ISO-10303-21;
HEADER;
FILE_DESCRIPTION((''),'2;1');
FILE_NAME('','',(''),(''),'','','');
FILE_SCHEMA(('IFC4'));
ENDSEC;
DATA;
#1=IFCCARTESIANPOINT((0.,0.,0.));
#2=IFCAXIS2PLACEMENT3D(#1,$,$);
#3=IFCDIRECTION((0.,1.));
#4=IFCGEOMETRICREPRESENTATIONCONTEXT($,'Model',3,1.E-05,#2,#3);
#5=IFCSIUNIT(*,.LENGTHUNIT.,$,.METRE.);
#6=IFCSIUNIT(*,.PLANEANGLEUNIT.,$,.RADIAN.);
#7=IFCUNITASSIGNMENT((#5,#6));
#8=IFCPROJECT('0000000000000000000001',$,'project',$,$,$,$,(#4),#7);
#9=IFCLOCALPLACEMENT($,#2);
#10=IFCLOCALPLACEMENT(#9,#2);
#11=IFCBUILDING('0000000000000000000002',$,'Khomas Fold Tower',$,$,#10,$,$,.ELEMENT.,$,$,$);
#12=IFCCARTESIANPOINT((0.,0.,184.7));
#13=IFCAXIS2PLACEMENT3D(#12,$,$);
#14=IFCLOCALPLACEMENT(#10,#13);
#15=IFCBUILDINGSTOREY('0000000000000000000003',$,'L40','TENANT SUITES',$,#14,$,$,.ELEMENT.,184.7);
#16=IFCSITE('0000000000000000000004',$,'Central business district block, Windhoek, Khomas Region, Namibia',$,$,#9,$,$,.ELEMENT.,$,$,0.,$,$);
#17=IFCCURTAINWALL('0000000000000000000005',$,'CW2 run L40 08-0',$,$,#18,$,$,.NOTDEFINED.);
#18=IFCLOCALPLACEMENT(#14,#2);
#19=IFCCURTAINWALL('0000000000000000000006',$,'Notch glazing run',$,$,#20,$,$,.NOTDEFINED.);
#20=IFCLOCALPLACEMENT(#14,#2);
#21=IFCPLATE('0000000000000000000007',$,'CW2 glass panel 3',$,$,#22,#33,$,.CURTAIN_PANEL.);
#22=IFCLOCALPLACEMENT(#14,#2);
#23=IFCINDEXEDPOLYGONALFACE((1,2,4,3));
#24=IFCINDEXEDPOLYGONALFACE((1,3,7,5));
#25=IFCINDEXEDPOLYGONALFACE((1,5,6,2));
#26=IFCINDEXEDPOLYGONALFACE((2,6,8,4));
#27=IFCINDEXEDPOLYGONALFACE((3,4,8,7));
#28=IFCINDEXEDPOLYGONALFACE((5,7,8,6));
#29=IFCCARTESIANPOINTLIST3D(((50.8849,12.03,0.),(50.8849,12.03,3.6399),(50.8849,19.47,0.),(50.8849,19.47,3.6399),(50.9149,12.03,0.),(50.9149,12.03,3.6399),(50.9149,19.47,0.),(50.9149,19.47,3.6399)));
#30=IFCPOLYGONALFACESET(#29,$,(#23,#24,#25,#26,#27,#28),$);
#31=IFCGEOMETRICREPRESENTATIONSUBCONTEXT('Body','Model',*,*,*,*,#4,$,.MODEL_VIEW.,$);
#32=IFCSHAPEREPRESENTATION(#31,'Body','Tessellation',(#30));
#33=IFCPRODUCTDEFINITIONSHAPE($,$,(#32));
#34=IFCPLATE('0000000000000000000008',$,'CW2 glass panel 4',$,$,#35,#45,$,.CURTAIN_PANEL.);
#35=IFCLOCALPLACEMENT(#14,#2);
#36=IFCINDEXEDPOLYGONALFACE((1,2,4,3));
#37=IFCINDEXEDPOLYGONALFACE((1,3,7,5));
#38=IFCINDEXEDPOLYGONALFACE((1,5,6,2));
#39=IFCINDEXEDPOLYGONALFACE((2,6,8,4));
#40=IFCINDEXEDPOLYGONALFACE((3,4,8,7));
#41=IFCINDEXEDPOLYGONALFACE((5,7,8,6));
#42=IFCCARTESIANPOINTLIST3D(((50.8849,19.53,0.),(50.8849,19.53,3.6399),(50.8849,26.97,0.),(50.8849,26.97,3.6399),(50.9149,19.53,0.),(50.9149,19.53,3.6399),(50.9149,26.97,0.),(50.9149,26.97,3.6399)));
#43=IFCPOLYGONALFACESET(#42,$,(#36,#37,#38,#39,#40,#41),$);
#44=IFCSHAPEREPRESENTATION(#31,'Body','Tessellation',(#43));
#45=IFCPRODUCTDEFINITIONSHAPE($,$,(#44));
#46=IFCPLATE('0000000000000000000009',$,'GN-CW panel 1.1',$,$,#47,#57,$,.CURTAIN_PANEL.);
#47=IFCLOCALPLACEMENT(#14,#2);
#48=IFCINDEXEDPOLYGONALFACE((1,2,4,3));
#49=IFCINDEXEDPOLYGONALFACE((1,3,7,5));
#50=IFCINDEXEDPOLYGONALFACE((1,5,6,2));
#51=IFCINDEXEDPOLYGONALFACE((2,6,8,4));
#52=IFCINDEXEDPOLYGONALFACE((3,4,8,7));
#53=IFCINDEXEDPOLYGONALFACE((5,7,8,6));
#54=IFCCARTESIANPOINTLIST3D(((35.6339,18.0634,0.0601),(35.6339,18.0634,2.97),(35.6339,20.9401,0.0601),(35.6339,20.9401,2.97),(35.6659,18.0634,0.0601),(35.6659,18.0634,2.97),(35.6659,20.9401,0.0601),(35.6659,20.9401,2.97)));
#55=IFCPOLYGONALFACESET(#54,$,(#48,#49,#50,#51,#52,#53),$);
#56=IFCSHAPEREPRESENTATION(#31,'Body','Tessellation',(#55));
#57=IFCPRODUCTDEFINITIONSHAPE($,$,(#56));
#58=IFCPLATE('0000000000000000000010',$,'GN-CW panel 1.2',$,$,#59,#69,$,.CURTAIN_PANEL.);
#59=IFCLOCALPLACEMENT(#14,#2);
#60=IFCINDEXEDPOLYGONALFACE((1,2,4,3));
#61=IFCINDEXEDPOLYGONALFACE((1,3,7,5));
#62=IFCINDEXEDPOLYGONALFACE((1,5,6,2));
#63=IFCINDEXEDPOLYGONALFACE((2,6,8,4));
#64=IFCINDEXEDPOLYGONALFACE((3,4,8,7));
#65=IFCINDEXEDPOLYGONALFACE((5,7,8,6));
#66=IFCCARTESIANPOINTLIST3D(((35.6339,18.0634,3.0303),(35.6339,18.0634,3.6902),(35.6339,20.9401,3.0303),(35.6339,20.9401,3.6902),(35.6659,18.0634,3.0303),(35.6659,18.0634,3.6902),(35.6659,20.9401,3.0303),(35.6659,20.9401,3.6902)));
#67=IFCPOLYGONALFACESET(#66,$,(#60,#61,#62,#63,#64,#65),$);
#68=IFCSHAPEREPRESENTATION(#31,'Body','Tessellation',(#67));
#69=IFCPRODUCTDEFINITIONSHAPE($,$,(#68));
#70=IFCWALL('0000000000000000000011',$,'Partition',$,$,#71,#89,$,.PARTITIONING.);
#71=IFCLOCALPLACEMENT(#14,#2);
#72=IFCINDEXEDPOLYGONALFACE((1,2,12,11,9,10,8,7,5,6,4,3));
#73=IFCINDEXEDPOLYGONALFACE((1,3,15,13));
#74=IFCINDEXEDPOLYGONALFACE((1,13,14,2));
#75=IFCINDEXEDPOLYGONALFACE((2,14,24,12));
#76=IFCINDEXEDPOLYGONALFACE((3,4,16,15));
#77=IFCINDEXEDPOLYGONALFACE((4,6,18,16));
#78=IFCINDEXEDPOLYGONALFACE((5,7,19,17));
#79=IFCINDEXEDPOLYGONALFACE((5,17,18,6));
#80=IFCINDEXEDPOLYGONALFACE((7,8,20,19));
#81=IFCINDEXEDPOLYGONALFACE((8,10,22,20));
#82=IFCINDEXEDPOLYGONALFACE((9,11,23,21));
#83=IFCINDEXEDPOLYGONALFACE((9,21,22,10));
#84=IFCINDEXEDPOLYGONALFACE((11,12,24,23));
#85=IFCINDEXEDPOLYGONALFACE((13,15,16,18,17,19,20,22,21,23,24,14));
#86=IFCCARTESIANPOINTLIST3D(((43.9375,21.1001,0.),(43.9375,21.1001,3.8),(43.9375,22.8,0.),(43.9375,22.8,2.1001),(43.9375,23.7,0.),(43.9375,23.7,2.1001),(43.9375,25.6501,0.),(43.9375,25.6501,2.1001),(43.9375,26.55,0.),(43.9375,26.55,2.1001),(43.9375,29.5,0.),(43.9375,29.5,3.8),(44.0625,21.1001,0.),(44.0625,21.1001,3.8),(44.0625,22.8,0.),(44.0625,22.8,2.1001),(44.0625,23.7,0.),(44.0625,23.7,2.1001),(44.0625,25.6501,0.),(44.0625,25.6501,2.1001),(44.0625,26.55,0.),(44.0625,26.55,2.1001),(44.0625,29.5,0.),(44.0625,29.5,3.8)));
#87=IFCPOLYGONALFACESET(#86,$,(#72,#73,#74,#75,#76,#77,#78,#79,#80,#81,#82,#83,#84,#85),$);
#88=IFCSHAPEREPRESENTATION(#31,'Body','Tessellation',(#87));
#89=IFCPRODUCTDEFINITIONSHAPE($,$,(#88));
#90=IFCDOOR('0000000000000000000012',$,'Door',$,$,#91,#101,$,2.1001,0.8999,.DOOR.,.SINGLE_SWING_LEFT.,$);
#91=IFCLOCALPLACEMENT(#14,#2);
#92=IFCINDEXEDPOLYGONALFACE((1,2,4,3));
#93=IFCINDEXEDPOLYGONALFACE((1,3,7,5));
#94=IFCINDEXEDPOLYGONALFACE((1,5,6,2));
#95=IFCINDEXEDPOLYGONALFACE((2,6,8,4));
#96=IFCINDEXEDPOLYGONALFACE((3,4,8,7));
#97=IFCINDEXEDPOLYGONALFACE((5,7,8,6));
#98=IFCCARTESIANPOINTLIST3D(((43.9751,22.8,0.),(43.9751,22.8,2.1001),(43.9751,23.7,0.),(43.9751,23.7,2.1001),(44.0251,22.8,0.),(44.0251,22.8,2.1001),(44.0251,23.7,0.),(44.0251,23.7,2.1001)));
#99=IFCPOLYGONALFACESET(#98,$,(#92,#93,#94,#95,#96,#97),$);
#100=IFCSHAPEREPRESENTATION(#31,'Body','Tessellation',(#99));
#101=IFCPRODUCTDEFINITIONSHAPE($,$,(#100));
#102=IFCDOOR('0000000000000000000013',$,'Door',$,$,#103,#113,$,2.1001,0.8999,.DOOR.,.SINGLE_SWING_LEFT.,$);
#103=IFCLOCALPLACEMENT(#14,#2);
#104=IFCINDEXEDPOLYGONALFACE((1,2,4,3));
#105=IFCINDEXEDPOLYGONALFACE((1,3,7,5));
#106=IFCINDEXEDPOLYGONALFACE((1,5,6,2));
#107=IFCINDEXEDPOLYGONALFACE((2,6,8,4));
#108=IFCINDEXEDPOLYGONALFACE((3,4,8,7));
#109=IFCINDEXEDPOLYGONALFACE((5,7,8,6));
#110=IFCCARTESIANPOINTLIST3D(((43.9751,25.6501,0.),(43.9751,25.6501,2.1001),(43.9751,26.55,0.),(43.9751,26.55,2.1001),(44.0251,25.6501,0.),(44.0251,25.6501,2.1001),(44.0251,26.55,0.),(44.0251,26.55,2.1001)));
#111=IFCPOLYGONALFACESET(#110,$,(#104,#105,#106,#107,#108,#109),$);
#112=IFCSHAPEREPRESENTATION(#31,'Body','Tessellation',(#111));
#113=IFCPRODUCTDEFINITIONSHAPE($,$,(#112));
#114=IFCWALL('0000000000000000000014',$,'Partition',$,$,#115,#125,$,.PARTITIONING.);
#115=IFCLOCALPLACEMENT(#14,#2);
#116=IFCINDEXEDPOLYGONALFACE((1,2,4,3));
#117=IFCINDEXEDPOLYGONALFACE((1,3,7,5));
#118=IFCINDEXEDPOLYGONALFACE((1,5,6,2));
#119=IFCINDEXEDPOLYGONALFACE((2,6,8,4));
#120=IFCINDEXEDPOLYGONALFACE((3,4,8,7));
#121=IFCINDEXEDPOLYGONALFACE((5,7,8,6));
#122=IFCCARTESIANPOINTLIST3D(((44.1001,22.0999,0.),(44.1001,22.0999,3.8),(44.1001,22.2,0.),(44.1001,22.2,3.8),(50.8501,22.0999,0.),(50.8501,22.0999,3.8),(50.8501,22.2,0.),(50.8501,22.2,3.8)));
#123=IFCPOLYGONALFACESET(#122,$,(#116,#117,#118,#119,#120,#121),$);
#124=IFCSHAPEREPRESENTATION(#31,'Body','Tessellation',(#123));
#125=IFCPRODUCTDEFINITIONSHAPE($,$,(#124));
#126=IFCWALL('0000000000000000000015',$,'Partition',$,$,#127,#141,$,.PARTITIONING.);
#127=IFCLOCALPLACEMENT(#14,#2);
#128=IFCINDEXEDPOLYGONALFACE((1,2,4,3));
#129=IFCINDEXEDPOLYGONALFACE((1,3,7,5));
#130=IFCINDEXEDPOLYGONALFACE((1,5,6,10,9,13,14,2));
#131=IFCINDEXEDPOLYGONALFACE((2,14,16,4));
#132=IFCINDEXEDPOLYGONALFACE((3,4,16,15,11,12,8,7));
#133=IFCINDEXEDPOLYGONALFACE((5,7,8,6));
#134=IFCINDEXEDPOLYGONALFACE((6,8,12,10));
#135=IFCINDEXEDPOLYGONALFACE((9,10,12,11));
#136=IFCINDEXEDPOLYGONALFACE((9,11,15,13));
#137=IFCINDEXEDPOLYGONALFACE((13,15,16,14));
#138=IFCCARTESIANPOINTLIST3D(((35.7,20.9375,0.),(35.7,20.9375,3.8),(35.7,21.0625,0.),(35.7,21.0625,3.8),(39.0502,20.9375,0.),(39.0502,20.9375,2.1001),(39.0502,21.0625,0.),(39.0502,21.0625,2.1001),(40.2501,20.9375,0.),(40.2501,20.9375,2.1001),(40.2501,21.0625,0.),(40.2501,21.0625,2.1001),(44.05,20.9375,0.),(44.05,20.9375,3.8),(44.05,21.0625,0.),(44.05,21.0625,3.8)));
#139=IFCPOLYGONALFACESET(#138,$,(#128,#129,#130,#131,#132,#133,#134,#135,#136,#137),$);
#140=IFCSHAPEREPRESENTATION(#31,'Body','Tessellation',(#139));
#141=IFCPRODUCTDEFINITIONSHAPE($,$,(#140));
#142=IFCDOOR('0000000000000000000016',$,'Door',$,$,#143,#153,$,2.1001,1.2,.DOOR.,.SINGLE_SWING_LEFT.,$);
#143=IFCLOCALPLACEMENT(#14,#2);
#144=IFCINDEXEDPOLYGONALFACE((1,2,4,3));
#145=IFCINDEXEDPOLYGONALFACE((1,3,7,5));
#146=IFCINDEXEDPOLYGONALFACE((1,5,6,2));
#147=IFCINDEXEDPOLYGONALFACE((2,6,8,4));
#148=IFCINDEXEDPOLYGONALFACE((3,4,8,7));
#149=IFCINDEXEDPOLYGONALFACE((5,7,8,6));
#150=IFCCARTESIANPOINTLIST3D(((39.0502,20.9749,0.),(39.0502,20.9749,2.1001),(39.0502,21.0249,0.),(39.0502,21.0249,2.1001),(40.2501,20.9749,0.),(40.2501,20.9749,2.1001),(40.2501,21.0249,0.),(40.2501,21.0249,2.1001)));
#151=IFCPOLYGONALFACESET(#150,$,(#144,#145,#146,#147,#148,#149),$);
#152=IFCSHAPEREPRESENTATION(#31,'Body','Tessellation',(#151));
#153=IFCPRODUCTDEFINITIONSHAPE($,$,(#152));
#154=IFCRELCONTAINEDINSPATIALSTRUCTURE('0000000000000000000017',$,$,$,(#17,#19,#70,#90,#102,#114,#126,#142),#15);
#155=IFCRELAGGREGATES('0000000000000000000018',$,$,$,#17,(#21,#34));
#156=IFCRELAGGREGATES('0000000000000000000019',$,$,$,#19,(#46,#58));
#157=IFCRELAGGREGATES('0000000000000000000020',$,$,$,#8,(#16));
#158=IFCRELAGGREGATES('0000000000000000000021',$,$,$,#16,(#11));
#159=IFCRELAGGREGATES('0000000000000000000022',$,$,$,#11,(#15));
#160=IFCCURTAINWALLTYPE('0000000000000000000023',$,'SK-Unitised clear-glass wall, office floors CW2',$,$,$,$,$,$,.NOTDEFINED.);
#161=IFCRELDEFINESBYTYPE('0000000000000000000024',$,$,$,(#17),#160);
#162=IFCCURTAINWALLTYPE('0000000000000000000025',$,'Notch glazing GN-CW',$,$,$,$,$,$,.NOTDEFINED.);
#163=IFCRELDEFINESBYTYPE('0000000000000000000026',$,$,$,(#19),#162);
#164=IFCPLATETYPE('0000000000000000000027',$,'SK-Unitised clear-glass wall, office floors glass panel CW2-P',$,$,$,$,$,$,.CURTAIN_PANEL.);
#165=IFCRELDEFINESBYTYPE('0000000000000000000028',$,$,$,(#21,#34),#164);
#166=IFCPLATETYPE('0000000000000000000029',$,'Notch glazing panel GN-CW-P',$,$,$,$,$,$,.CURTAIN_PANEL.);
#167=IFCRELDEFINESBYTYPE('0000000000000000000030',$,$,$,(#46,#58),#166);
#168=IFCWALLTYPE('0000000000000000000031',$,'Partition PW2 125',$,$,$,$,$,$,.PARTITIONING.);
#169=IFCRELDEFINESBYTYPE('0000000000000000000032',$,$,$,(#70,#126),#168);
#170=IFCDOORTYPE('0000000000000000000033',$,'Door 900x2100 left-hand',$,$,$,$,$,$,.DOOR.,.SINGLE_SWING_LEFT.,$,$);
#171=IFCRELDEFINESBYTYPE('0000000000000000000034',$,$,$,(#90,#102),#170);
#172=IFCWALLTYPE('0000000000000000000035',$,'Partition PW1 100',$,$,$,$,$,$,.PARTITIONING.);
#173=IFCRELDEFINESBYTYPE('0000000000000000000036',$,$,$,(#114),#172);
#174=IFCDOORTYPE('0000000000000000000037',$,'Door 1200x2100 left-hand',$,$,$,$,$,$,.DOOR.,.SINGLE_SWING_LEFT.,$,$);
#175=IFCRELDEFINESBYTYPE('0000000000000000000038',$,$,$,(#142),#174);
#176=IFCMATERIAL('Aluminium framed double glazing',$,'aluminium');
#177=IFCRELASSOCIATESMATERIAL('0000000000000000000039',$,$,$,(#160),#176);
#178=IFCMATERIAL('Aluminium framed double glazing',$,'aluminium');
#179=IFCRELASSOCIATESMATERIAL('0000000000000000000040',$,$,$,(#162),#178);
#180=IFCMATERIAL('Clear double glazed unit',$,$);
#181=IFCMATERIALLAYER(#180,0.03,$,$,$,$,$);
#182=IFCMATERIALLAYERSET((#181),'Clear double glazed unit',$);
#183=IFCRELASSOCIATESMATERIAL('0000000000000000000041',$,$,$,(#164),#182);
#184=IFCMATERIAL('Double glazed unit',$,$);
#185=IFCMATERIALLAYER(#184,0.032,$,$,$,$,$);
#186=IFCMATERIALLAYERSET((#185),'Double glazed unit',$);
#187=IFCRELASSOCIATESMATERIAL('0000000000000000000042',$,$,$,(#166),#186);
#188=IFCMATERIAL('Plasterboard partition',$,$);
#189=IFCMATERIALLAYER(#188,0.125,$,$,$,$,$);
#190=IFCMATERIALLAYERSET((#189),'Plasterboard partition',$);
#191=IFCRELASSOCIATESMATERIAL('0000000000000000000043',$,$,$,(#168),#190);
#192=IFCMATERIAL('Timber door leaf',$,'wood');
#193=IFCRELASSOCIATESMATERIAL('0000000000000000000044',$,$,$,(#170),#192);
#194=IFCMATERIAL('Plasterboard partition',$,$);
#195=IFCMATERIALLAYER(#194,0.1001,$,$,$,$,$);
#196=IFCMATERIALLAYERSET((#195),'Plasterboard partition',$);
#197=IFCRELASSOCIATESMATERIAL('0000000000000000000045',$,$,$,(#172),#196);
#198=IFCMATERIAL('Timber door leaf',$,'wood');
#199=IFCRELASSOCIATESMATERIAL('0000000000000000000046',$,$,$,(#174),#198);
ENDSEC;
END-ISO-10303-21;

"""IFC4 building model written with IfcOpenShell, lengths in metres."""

from ifc_helpers import new_model, si_unit, direction, frame, frame_2d, origin, origin_2d, place, context, subcontext, project, spatial, rectangle, extrude, source, transform, mapped, material, layer, layer_set, type_object, element, fill, aggregate, save


model = new_model("IFC4")

# Units and contexts
model_context = context("Model", 3, precision=1e-05, world=origin(), true_north=direction((0.0, 1.0)))
body_context = subcontext(model_context, "Body", "Model", "MODEL_VIEW")
ifc_project = project(units=[si_unit("LENGTHUNIT", "METRE"), si_unit("PLANEANGLEUNIT", "RADIAN")], contexts=[model_context])

# Site, building, storey
site_placement = place(None, origin())
site = spatial("IfcSite", under=ifc_project, at=site_placement, Name="Central business district block, Windhoek, Khomas Region, Namibia", CompositionType="ELEMENT", RefElevation=0.0)
building_placement = place(site_placement, origin())
building = spatial("IfcBuilding", under=site, at=building_placement, Name="Khomas Fold Tower", CompositionType="ELEMENT")
storey_placement = place(building_placement, frame((0.0, 0.0, 184.7)))
storey = spatial("IfcBuildingStorey", under=building, at=storey_placement, Name="L40", Description="TENANT SUITES", CompositionType="ELEMENT", Elevation=184.7)

# Curtain walls
ifc_material_1 = material(Name="Aluminium framed double glazing", Category="aluminium")
curtain_wall_type_1 = type_object("IfcCurtainWallType", Name="SK-Unitised clear-glass wall, office floors CW2", PredefinedType="NOTDEFINED", material=ifc_material_1)
curtain_wall_1_placement = place(storey_placement, origin())
curtain_wall_1 = element("IfcCurtainWall", 1, at=curtain_wall_1_placement, inside=storey, type_object=curtain_wall_type_1, Name="CW2 run L40 08-0", PredefinedType="NOTDEFINED")
ifc_material_2 = material(Name="Aluminium framed double glazing", Category="aluminium")
curtain_wall_type_2 = type_object("IfcCurtainWallType", Name="Notch glazing GN-CW", PredefinedType="NOTDEFINED", material=ifc_material_2)
curtain_wall_2_placement = place(storey_placement, origin())
curtain_wall_2 = element("IfcCurtainWall", 2, at=curtain_wall_2_placement, inside=storey, type_object=curtain_wall_type_2, Name="Notch glazing run", PredefinedType="NOTDEFINED")

# Plates
ifc_material_3 = material(Name="Clear double glazed unit")
ifc_layer_1 = layer(ifc_material_3, 0.03)
ifc_layer_set_1 = layer_set([ifc_layer_1], Name="Clear double glazed unit")
plate_type_1 = type_object("IfcPlateType", Name="SK-Unitised clear-glass wall, office floors glass panel CW2-P", PredefinedType="CURTAIN_PANEL", material=ifc_layer_set_1)
shared_shape_1 = source(origin(), body_context, "Body", "SweptSolid", [
    extrude(rectangle(XDim=7.4399, YDim=0.03, at=origin_2d()), origin(), (0.0, 0.0, 1.0), 3.6399),
])
plate_1_placement = place(storey_placement, frame((50.8999, 15.75, 0.0), z_axis=(0.0, 0.0, 1.0), x_axis=(0.0, 1.0, 0.0)))
plate_1 = element("IfcPlate", 3, at=plate_1_placement, type_object=plate_type_1, Name="CW2 glass panel 3", PredefinedType="CURTAIN_PANEL", context=body_context, shape_type="MappedRepresentation", body=[
    mapped(shared_shape_1, transform((0.0, 0.0, 0.0))),
])
plate_2_placement = place(storey_placement, frame((50.8999, 23.25, 0.0), z_axis=(0.0, 0.0, 1.0), x_axis=(0.0, 1.0, 0.0)))
plate_2 = element("IfcPlate", 4, at=plate_2_placement, type_object=plate_type_1, Name="CW2 glass panel 4", PredefinedType="CURTAIN_PANEL", context=body_context, shape_type="MappedRepresentation", body=[
    mapped(shared_shape_1, transform((0.0, 0.0, 0.0))),
])
aggregate(curtain_wall_1, [plate_1, plate_2])
ifc_material_4 = material(Name="Double glazed unit")
ifc_layer_2 = layer(ifc_material_4, 0.032)
ifc_layer_set_2 = layer_set([ifc_layer_2], Name="Double glazed unit")
plate_type_2 = type_object("IfcPlateType", Name="Notch glazing panel GN-CW-P", PredefinedType="CURTAIN_PANEL", material=ifc_layer_set_2)
shared_shape_2 = source(origin(), body_context, "Body", "SweptSolid", [
    extrude(rectangle(XDim=2.8767, YDim=0.032, at=origin_2d()), origin(), (0.0, 0.0, 1.0), 2.9099),
])
plate_3_placement = place(storey_placement, frame((35.6499, 19.5017, 0.0601), z_axis=(0.0, 0.0, 1.0), x_axis=(0.0, -1.0, 0.0)))
plate_3 = element("IfcPlate", 5, at=plate_3_placement, type_object=plate_type_2, Name="GN-CW panel 1.1", PredefinedType="CURTAIN_PANEL", context=body_context, shape_type="MappedRepresentation", body=[
    mapped(shared_shape_2, transform((0.0, 0.0, 0.0))),
])
shared_shape_3 = source(origin(), body_context, "Body", "SweptSolid", [
    extrude(rectangle(XDim=2.8767, YDim=0.032, at=origin_2d()), origin(), (0.0, 0.0, 1.0), 0.6599),
])
plate_4_placement = place(storey_placement, frame((35.6499, 19.5017, 3.0303), z_axis=(0.0, 0.0, 1.0), x_axis=(0.0, -1.0, 0.0)))
plate_4 = element("IfcPlate", 6, at=plate_4_placement, type_object=plate_type_2, Name="GN-CW panel 1.2", PredefinedType="CURTAIN_PANEL", context=body_context, shape_type="MappedRepresentation", body=[
    mapped(shared_shape_3, transform((0.0, 0.0, 0.0))),
])
aggregate(curtain_wall_2, [plate_3, plate_4])

# Wall, openings, doors
ifc_material_5 = material(Name="Plasterboard partition")
ifc_layer_3 = layer(ifc_material_5, 0.125)
ifc_layer_set_3 = layer_set([ifc_layer_3], Name="Plasterboard partition")
wall_type_1 = type_object("IfcWallType", Name="Partition PW2 125", PredefinedType="PARTITIONING", material=ifc_layer_set_3)
shared_shape_4 = source(origin(), body_context, "Body", "SweptSolid", [
    extrude(rectangle(XDim=8.3999, YDim=0.125, at=frame_2d((4.2, 0.0))), origin(), (0.0, 0.0, 1.0), 3.8),
])
wall_1_placement = place(storey_placement, frame((44.0, 21.1001, 0.0), z_axis=(0.0, 0.0, 1.0), x_axis=(0.0, 1.0, 0.0)))
wall_1 = element("IfcWall", 7, at=wall_1_placement, inside=storey, type_object=wall_type_1, Name="Partition", PredefinedType="PARTITIONING", context=body_context, shape_type="MappedRepresentation", body=[
    mapped(shared_shape_4, transform((0.0, 0.0, 0.0))),
])
shared_shape_5 = source(origin(), body_context, "Body", "SweptSolid", [
    extrude(rectangle(XDim=0.8999, YDim=2.1001, at=frame_2d((0.45, 1.05))), frame((0.0, 0.0725, 0.0), z_axis=(0.0, -1.0, 0.0), x_axis=(1.0, 0.0, 0.0)), (0.0, 0.0, 1.0), 0.145),
])
opening_1_placement = place(wall_1_placement, frame((1.7, 0.0, 0.0)))
opening_1 = element("IfcOpeningElement", 8, at=opening_1_placement, cuts=wall_1, PredefinedType="OPENING", context=body_context, shape_type="MappedRepresentation", body=[
    mapped(shared_shape_5, transform((0.0, 0.0, 0.0))),
])
opening_2_placement = place(wall_1_placement, frame((4.55, 0.0, 0.0)))
opening_2 = element("IfcOpeningElement", 9, at=opening_2_placement, cuts=wall_1, PredefinedType="OPENING", context=body_context, shape_type="MappedRepresentation", body=[
    mapped(shared_shape_5, transform((0.0, 0.0, 0.0))),
])
ifc_material_6 = material(Name="Timber door leaf", Category="wood")
door_type_1 = type_object("IfcDoorType", Name="Door 900x2100 left-hand", OperationType="SINGLE_SWING_LEFT", PredefinedType="DOOR", material=ifc_material_6)
shared_shape_6 = source(origin(), body_context, "Body", "SweptSolid", [
    extrude(rectangle(XDim=0.8999, YDim=2.1001, at=frame_2d((0.45, 1.05))), frame((0.0, 0.0249, 0.0), z_axis=(0.0, -1.0, 0.0), x_axis=(1.0, 0.0, 0.0)), (0.0, 0.0, 1.0), 0.05),
])
door_1_placement = place(opening_1_placement, origin())
door_1 = element("IfcDoor", 10, at=door_1_placement, inside=storey, type_object=door_type_1, Name="Door", OperationType="SINGLE_SWING_LEFT", OverallHeight=2.1001, OverallWidth=0.8999, PredefinedType="DOOR", context=body_context, shape_type="MappedRepresentation", body=[
    mapped(shared_shape_6, transform((0.0, 0.0, 0.0))),
])
fill(opening_1, door_1)
door_2_placement = place(opening_2_placement, origin())
door_2 = element("IfcDoor", 11, at=door_2_placement, inside=storey, type_object=door_type_1, Name="Door", OperationType="SINGLE_SWING_LEFT", OverallHeight=2.1001, OverallWidth=0.8999, PredefinedType="DOOR", context=body_context, shape_type="MappedRepresentation", body=[
    mapped(shared_shape_6, transform((0.0, 0.0, 0.0))),
])
fill(opening_2, door_2)

# Wall
ifc_material_7 = material(Name="Plasterboard partition")
ifc_layer_4 = layer(ifc_material_7, 0.1001)
ifc_layer_set_4 = layer_set([ifc_layer_4], Name="Plasterboard partition")
wall_type_2 = type_object("IfcWallType", Name="Partition PW1 100", PredefinedType="PARTITIONING", material=ifc_layer_set_4)
shared_shape_7 = source(origin(), body_context, "Body", "SweptSolid", [
    extrude(rectangle(XDim=6.75, YDim=0.1001, at=frame_2d((3.375, 0.0))), origin(), (0.0, 0.0, 1.0), 3.8),
])
wall_2_placement = place(storey_placement, frame((44.1001, 22.1499, 0.0), z_axis=(0.0, 0.0, 1.0), x_axis=(1.0, 0.0, 0.0)))
element("IfcWall", 12, at=wall_2_placement, inside=storey, type_object=wall_type_2, Name="Partition", PredefinedType="PARTITIONING", context=body_context, shape_type="MappedRepresentation", body=[
    mapped(shared_shape_7, transform((0.0, 0.0, 0.0))),
])

# Wall, opening, door
shared_shape_8 = source(origin(), body_context, "Body", "SweptSolid", [
    extrude(rectangle(XDim=8.3501, YDim=0.125, at=frame_2d((4.175, 0.0))), origin(), (0.0, 0.0, 1.0), 3.8),
])
wall_3_placement = place(storey_placement, frame((35.7, 21.0, 0.0), z_axis=(0.0, 0.0, 1.0), x_axis=(1.0, 0.0, 0.0)))
wall_3 = element("IfcWall", 13, at=wall_3_placement, inside=storey, type_object=wall_type_1, Name="Partition", PredefinedType="PARTITIONING", context=body_context, shape_type="MappedRepresentation", body=[
    mapped(shared_shape_8, transform((0.0, 0.0, 0.0))),
])
shared_shape_9 = source(origin(), body_context, "Body", "SweptSolid", [
    extrude(rectangle(XDim=1.2, YDim=2.1001, at=frame_2d((0.6001, 1.05))), frame((0.0, 0.0725, 0.0), z_axis=(0.0, -1.0, 0.0), x_axis=(1.0, 0.0, 0.0)), (0.0, 0.0, 1.0), 0.145),
])
opening_3_placement = place(wall_3_placement, frame((3.3501, 0.0, 0.0)))
opening_3 = element("IfcOpeningElement", 14, at=opening_3_placement, cuts=wall_3, PredefinedType="OPENING", context=body_context, shape_type="MappedRepresentation", body=[
    mapped(shared_shape_9, transform((0.0, 0.0, 0.0))),
])
ifc_material_8 = material(Name="Timber door leaf", Category="wood")
door_type_2 = type_object("IfcDoorType", Name="Door 1200x2100 left-hand", OperationType="SINGLE_SWING_LEFT", PredefinedType="DOOR", material=ifc_material_8)
shared_shape_10 = source(origin(), body_context, "Body", "SweptSolid", [
    extrude(rectangle(XDim=1.2, YDim=2.1001, at=frame_2d((0.6001, 1.05))), frame((0.0, 0.0249, 0.0), z_axis=(0.0, -1.0, 0.0), x_axis=(1.0, 0.0, 0.0)), (0.0, 0.0, 1.0), 0.05),
])
door_3_placement = place(opening_3_placement, origin())
door_3 = element("IfcDoor", 15, at=door_3_placement, inside=storey, type_object=door_type_2, Name="Door", OperationType="SINGLE_SWING_LEFT", OverallHeight=2.1001, OverallWidth=1.2, PredefinedType="DOOR", context=body_context, shape_type="MappedRepresentation", body=[
    mapped(shared_shape_10, transform((0.0, 0.0, 0.0))),
])
fill(opening_3, door_3)

save(model, "model.ifc")
